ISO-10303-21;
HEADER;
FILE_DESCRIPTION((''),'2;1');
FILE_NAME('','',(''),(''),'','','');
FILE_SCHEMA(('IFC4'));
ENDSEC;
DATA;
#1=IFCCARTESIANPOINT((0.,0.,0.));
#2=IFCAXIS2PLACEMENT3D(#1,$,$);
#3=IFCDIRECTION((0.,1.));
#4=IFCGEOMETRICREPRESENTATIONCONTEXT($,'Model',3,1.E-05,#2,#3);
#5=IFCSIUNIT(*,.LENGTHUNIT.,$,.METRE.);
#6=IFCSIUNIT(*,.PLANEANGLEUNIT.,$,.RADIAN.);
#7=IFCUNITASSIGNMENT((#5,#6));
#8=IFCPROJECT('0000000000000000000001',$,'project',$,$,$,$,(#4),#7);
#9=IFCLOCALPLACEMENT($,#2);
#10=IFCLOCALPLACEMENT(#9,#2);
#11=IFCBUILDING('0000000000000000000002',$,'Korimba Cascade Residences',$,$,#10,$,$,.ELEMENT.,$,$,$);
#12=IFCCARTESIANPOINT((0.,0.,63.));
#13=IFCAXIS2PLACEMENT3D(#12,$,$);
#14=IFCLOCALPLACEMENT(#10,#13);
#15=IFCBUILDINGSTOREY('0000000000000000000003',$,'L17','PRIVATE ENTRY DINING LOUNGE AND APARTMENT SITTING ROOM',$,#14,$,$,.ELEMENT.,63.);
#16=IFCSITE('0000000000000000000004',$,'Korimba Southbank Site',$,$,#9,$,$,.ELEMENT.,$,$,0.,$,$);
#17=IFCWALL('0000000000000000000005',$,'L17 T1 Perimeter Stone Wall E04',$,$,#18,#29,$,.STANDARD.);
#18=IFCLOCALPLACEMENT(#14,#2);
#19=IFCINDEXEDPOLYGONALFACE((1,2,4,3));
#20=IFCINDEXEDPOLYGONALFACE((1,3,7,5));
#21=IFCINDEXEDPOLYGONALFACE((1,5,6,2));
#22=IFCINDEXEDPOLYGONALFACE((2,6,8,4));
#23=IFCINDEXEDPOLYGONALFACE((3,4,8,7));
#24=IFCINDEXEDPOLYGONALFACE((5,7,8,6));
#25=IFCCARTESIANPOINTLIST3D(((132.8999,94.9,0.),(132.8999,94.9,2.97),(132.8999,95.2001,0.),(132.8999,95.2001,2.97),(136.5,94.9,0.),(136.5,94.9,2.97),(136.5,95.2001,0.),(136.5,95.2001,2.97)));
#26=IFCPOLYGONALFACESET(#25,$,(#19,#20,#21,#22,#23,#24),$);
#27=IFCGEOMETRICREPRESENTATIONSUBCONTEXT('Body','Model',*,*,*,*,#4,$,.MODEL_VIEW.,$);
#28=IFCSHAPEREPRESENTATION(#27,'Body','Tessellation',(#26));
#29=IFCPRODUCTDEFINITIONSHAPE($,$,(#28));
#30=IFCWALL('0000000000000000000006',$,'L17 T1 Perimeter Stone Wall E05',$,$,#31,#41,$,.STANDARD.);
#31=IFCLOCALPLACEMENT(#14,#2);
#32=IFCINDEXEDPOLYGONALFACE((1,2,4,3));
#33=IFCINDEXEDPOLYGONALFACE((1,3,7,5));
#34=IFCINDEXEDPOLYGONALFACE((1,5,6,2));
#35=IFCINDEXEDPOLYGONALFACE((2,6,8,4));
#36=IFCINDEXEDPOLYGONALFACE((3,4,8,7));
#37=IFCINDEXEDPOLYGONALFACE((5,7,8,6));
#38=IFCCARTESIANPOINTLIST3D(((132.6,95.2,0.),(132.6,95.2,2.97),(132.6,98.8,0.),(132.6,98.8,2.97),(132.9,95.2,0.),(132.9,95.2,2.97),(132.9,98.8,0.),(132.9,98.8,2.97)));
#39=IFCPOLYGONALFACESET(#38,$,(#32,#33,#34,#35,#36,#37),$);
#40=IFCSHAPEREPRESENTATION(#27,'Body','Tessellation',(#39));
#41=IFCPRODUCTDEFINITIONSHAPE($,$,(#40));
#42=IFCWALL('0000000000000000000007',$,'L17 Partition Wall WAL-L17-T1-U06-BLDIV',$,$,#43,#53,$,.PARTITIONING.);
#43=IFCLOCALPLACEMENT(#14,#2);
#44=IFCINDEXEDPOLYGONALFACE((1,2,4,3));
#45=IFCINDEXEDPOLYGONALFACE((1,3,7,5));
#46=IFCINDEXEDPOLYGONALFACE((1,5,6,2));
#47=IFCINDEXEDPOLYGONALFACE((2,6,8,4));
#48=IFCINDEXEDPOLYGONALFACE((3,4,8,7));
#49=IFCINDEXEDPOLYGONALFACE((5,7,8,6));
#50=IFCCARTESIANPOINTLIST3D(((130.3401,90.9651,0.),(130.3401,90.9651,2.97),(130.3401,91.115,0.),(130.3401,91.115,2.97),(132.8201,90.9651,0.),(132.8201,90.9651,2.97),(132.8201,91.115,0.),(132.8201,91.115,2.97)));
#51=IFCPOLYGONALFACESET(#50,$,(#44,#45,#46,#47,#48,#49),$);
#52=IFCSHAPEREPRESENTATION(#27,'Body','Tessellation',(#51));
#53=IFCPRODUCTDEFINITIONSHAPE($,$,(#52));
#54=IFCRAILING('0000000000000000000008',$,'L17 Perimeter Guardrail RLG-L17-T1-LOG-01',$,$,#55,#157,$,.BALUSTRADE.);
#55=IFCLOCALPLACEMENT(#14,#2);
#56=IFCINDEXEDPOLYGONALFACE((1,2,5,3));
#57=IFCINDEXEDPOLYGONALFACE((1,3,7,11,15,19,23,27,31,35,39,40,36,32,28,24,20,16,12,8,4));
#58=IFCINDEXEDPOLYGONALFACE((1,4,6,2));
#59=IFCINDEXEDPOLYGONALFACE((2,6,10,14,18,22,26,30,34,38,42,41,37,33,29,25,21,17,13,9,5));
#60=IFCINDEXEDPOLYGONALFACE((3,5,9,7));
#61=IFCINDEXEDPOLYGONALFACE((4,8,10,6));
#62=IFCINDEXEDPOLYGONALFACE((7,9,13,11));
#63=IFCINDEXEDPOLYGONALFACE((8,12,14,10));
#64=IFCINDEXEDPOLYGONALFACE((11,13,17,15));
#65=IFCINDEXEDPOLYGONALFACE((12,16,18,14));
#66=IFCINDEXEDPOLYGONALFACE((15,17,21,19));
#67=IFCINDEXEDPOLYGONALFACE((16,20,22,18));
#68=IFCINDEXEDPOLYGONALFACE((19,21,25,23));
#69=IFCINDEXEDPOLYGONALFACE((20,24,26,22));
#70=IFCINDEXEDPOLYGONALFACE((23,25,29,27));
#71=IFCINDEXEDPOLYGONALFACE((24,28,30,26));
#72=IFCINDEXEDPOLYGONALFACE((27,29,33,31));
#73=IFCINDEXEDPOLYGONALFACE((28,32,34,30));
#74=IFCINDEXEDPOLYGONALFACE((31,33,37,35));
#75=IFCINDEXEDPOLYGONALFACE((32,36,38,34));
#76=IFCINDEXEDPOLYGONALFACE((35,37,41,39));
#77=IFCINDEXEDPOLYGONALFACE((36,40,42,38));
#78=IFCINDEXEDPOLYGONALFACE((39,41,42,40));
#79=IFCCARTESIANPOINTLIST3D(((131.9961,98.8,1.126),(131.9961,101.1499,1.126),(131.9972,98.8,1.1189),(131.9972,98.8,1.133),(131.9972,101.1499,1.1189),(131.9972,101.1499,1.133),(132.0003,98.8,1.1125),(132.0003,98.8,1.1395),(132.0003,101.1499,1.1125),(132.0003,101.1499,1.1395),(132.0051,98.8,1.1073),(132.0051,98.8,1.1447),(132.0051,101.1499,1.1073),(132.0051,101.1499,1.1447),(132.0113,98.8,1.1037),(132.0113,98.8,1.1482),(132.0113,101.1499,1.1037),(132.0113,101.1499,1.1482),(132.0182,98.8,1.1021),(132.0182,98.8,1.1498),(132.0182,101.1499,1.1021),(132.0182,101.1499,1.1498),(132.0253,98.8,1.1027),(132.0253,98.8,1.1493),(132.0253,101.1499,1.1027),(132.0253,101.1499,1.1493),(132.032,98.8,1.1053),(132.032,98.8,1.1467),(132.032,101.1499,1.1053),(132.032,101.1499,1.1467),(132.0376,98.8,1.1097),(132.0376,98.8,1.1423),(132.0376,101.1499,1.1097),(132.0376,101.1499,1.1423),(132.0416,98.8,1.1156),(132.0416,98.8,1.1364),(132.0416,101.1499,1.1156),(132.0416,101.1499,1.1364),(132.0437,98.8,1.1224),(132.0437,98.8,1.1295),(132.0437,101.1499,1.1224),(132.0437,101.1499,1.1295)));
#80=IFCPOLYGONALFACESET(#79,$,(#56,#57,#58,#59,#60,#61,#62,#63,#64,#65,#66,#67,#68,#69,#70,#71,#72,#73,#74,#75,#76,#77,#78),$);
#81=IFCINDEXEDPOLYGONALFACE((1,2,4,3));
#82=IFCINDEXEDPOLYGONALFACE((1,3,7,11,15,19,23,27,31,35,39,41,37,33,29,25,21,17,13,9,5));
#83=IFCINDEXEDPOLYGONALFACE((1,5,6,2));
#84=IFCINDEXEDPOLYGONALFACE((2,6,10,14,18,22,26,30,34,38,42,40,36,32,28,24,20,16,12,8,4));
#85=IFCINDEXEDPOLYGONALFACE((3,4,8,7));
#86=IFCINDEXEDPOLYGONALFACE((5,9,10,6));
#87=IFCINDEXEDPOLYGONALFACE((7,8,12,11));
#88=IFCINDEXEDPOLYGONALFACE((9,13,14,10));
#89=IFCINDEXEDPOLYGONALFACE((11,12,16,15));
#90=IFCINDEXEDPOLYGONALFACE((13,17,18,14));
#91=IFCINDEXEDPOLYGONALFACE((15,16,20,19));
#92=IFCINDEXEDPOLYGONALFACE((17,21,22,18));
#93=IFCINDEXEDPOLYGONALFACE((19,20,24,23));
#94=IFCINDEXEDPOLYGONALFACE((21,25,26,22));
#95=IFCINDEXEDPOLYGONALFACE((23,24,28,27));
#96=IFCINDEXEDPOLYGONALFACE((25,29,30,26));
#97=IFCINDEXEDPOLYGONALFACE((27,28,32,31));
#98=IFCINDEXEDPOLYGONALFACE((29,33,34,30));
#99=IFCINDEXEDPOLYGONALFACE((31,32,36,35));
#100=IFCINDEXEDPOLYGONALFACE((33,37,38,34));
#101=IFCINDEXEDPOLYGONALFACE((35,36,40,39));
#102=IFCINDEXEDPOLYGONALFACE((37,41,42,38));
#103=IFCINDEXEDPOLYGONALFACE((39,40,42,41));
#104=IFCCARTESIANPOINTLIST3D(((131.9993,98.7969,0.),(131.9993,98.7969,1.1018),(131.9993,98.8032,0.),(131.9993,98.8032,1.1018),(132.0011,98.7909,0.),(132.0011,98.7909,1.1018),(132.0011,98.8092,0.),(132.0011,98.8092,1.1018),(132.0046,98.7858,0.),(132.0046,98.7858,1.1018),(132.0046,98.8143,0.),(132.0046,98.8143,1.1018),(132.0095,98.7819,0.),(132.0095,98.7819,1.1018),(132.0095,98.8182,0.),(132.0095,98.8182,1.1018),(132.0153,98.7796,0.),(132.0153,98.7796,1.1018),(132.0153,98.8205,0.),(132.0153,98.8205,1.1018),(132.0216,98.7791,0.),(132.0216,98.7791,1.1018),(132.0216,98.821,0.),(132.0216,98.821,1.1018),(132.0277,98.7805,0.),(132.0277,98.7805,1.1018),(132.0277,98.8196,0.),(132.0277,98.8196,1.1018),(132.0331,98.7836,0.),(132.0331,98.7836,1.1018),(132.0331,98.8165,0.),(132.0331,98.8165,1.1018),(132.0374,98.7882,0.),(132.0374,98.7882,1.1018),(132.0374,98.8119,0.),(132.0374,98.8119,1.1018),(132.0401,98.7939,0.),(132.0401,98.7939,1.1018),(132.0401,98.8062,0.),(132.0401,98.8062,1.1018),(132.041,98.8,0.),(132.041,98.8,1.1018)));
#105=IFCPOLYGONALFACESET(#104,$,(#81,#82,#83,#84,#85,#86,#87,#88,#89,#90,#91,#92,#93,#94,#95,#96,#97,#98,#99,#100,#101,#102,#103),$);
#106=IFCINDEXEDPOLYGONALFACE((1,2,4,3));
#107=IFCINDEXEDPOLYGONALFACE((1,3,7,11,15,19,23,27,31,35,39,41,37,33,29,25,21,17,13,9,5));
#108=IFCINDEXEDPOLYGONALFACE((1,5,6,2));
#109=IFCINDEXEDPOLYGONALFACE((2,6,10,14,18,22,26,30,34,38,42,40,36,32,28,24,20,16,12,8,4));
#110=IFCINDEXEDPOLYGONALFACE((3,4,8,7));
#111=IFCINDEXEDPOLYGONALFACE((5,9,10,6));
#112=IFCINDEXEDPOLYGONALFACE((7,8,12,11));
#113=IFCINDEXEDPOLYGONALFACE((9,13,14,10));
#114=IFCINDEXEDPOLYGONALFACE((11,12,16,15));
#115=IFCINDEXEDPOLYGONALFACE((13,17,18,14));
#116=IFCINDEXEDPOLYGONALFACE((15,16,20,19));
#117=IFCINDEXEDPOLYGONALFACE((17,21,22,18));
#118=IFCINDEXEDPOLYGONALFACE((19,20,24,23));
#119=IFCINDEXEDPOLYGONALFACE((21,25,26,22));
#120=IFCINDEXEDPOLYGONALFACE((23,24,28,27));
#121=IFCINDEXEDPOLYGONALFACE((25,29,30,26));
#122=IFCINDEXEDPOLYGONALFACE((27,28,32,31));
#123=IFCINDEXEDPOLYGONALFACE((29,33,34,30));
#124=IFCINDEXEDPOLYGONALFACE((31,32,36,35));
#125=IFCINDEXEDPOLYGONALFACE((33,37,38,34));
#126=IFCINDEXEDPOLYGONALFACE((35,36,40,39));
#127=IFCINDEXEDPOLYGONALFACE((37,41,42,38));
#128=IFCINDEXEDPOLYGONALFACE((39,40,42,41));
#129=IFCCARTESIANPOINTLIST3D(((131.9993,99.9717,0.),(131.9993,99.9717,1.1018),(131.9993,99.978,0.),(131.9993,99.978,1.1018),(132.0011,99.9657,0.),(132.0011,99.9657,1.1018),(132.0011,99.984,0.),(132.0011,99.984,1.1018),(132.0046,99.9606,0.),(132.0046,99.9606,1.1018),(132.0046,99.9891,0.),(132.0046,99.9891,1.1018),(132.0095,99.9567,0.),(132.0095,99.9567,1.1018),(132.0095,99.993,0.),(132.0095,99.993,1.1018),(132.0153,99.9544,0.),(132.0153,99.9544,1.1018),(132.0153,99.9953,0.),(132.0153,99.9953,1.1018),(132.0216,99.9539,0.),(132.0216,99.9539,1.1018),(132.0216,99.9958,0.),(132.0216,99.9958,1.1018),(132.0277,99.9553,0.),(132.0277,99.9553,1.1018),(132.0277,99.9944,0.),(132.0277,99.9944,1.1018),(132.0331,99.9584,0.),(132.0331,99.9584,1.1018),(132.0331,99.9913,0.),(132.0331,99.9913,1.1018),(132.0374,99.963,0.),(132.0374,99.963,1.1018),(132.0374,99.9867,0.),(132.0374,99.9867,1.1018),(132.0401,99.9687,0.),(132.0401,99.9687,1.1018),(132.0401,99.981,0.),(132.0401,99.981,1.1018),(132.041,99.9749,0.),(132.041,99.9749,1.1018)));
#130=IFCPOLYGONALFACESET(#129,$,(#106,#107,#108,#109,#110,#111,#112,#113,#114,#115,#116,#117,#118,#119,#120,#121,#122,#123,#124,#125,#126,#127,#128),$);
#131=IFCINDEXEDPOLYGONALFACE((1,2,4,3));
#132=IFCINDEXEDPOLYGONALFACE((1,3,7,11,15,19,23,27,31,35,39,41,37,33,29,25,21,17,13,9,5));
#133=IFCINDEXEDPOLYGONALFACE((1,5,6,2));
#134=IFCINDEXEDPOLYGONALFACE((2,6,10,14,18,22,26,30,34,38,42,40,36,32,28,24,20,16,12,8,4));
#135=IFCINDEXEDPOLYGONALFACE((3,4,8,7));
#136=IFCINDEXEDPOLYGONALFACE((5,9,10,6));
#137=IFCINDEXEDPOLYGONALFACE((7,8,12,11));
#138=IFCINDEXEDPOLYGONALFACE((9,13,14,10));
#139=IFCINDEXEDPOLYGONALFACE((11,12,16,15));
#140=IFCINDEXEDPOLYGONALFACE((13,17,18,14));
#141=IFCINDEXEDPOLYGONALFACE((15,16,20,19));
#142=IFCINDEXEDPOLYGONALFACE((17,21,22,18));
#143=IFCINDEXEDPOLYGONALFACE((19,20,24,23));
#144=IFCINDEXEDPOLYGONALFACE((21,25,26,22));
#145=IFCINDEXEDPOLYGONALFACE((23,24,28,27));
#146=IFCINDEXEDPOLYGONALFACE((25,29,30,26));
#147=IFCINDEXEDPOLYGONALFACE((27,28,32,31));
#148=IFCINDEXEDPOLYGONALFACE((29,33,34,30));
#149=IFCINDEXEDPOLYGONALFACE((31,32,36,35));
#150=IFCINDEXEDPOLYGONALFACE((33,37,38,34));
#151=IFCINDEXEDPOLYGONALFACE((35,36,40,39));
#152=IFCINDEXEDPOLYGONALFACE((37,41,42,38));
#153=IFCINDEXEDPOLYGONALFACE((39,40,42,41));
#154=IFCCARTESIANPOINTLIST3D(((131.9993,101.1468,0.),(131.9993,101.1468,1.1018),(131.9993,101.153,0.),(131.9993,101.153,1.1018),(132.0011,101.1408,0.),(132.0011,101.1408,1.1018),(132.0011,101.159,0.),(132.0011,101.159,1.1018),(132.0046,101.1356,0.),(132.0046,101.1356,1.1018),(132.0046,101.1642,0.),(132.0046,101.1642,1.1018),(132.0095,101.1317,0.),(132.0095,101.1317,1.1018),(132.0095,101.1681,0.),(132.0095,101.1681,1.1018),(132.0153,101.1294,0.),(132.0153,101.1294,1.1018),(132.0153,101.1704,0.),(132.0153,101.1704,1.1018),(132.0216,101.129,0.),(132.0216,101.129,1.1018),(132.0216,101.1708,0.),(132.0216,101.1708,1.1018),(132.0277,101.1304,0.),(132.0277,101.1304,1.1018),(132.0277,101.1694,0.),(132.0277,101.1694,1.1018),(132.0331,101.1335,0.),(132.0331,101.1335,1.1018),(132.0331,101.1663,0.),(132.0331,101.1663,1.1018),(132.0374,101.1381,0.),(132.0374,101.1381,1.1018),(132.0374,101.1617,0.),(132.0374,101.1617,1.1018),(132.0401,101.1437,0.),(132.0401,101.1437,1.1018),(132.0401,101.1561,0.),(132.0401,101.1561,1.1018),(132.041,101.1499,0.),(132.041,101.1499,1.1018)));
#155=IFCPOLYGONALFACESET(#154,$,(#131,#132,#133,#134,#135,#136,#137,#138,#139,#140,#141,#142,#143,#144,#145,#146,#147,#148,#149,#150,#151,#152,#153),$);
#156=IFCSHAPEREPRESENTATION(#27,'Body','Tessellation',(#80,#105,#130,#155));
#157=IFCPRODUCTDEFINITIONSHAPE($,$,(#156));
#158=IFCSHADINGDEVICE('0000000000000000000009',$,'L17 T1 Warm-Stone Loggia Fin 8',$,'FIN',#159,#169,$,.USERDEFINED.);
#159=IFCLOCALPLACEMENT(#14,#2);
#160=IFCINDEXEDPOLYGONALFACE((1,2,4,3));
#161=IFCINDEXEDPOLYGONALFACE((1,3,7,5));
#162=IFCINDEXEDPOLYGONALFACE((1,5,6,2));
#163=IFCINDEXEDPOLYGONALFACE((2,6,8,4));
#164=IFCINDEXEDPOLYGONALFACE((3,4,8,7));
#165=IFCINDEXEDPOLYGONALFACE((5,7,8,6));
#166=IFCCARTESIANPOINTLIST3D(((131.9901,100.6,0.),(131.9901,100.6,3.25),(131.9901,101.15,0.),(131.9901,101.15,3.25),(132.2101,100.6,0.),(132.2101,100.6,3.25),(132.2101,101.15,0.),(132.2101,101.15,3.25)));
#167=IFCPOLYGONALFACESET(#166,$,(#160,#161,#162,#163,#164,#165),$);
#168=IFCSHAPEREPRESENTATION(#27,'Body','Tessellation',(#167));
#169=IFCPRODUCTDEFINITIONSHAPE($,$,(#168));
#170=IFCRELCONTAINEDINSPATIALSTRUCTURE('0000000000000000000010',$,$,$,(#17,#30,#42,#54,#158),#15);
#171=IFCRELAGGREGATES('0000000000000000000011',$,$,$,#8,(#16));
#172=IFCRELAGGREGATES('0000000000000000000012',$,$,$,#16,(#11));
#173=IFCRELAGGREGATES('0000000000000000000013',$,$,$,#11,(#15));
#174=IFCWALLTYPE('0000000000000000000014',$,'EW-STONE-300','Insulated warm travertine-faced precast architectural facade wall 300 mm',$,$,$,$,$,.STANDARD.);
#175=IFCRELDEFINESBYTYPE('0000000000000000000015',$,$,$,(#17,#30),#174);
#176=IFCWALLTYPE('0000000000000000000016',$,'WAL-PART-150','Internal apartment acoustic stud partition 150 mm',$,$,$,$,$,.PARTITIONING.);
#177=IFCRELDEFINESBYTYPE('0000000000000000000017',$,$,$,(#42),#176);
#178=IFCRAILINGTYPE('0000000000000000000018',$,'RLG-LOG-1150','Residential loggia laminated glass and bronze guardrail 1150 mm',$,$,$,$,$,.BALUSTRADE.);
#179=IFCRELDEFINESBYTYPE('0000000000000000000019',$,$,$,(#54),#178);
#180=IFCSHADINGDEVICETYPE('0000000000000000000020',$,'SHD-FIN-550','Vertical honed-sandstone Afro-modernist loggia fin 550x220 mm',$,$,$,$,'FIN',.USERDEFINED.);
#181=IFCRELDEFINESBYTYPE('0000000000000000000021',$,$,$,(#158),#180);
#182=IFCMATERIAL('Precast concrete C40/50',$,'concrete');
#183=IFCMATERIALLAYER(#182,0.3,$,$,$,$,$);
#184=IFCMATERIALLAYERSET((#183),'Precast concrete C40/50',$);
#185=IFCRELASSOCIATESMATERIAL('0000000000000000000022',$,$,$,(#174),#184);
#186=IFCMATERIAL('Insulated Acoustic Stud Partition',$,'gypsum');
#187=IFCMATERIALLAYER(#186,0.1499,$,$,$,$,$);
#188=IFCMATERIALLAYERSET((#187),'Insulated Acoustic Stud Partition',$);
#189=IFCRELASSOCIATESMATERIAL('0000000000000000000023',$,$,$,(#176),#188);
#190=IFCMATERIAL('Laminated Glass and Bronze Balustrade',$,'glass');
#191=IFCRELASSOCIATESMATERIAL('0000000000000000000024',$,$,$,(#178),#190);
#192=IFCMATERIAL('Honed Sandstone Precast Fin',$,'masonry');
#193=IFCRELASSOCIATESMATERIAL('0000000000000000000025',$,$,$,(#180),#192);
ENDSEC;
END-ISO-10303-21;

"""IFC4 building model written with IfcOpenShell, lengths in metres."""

from ifc_helpers import new_model, si_unit, direction, frame, frame_2d, origin, origin_2d, place, context, subcontext, project, spatial, rectangle, circle, extrude, material, layer, layer_set, type_object, element, save


model = new_model("IFC4")

# Units and contexts
model_context = context("Model", 3, precision=1e-05, world=origin(), true_north=direction((0.0, 1.0)))
body_context = subcontext(model_context, "Body", "Model", "MODEL_VIEW")
ifc_project = project(units=[si_unit("LENGTHUNIT", "METRE"), si_unit("PLANEANGLEUNIT", "RADIAN")], contexts=[model_context])

# Site, building, storey
site_placement = place(None, origin())
site = spatial("IfcSite", under=ifc_project, at=site_placement, Name="Korimba Southbank Site", CompositionType="ELEMENT", RefElevation=0.0)
building_placement = place(site_placement, origin())
building = spatial("IfcBuilding", under=site, at=building_placement, Name="Korimba Cascade Residences", CompositionType="ELEMENT")
storey_placement = place(building_placement, frame((0.0, 0.0, 63.0)))
storey = spatial("IfcBuildingStorey", under=building, at=storey_placement, Name="L17", Description="PRIVATE ENTRY DINING LOUNGE AND APARTMENT SITTING ROOM", CompositionType="ELEMENT", Elevation=63.0)

# Shared definitions
ifc_material_1 = material(Name="Precast concrete C40/50", Category="concrete")

# Walls
ifc_layer_1 = layer(ifc_material_1, 0.3)
ifc_layer_set_1 = layer_set([ifc_layer_1], Name="Precast concrete C40/50")
wall_type_1 = type_object("IfcWallType", Name="EW-STONE-300", Description="Insulated warm travertine-faced precast architectural facade wall 300 mm", PredefinedType="STANDARD", material=ifc_layer_set_1)
for number, where, z_axis, x_axis, name in (
    (1, (136.5, 95.05, 0.0), (0.0, 0.0, 1.0), (-1.0, 0.0, 0.0), "L17 T1 Perimeter Stone Wall E04"),
    (2, (132.75, 95.2, 0.0), (0.0, 0.0, 1.0), (0.0, 1.0, 0.0), "L17 T1 Perimeter Stone Wall E05"),
):
    element("IfcWall", number, at=place(storey_placement, frame(where, z_axis=z_axis, x_axis=x_axis)), inside=storey, type_object=wall_type_1, Name=name, PredefinedType="STANDARD", context=body_context, shape_type="SweptSolid", body=[
        extrude(rectangle(XDim=3.6001, YDim=0.3, at=frame_2d((1.8, 0.0))), origin(), (0.0, 0.0, 1.0), 2.97),
    ])
ifc_material_2 = material(Name="Insulated Acoustic Stud Partition", Category="gypsum")
ifc_layer_2 = layer(ifc_material_2, 0.1499)
ifc_layer_set_2 = layer_set([ifc_layer_2], Name="Insulated Acoustic Stud Partition")
wall_type_2 = type_object("IfcWallType", Name="WAL-PART-150", Description="Internal apartment acoustic stud partition 150 mm", PredefinedType="PARTITIONING", material=ifc_layer_set_2)
wall_1_placement = place(storey_placement, frame((130.3401, 91.04, 0.0), z_axis=(0.0, 0.0, 1.0), x_axis=(1.0, 0.0, 0.0)))
element("IfcWall", 3, at=wall_1_placement, inside=storey, type_object=wall_type_2, Name="L17 Partition Wall WAL-L17-T1-U06-BLDIV", PredefinedType="PARTITIONING", context=body_context, shape_type="SweptSolid", body=[
    extrude(rectangle(XDim=2.48, YDim=0.1499, at=frame_2d((1.24, 0.0))), origin(), (0.0, 0.0, 1.0), 2.97),
])

# Railing
ifc_material_3 = material(Name="Laminated Glass and Bronze Balustrade", Category="glass")
railing_type = type_object("IfcRailingType", Name="RLG-LOG-1150", Description="Residential loggia laminated glass and bronze guardrail 1150 mm", PredefinedType="BALUSTRADE", material=ifc_material_3)
railing_1_placement = place(storey_placement, frame((132.02, 98.8, 0.0)))
element("IfcRailing", 4, at=railing_1_placement, inside=storey, type_object=railing_type, Name="L17 Perimeter Guardrail RLG-L17-T1-LOG-01", PredefinedType="BALUSTRADE", context=body_context, shape_type="SweptSolid", body=[
    extrude(circle(Radius=0.0239, at=origin_2d()), frame((0.0, 0.0, 1.126), z_axis=(0.0, 1.0, 0.0), x_axis=(-1.0, 0.0, 0.0)), (0.0, 0.0, 1.0), 2.3499),
    extrude(circle(Radius=0.021, at=origin_2d()), origin(), (0.0, 0.0, 1.0), 1.1018),
    extrude(circle(Radius=0.021, at=origin_2d()), frame((0.0, 1.1748, 0.0)), (0.0, 0.0, 1.0), 1.1018),
    extrude(circle(Radius=0.021, at=origin_2d()), frame((0.0, 2.3499, 0.0)), (0.0, 0.0, 1.0), 1.1018),
])

# Shading device
ifc_material_4 = material(Name="Honed Sandstone Precast Fin", Category="masonry")
shading_device_type = type_object("IfcShadingDeviceType", Name="SHD-FIN-550", Description="Vertical honed-sandstone Afro-modernist loggia fin 550x220 mm", ElementType="FIN", PredefinedType="USERDEFINED", material=ifc_material_4)
shading_device_placement = place(storey_placement, frame((132.1001, 100.875, 0.0), z_axis=(0.0, 0.0, 1.0), x_axis=(1.0, 0.0, 0.0)))
element("IfcShadingDevice", 5, at=shading_device_placement, inside=storey, type_object=shading_device_type, Name="L17 T1 Warm-Stone Loggia Fin 8", ObjectType="FIN", PredefinedType="USERDEFINED", context=body_context, shape_type="SweptSolid", body=[
    extrude(rectangle(XDim=0.22, YDim=0.55, at=origin_2d()), origin(), (0.0, 0.0, 1.0), 3.25),
])

save(model, "model.ifc")
